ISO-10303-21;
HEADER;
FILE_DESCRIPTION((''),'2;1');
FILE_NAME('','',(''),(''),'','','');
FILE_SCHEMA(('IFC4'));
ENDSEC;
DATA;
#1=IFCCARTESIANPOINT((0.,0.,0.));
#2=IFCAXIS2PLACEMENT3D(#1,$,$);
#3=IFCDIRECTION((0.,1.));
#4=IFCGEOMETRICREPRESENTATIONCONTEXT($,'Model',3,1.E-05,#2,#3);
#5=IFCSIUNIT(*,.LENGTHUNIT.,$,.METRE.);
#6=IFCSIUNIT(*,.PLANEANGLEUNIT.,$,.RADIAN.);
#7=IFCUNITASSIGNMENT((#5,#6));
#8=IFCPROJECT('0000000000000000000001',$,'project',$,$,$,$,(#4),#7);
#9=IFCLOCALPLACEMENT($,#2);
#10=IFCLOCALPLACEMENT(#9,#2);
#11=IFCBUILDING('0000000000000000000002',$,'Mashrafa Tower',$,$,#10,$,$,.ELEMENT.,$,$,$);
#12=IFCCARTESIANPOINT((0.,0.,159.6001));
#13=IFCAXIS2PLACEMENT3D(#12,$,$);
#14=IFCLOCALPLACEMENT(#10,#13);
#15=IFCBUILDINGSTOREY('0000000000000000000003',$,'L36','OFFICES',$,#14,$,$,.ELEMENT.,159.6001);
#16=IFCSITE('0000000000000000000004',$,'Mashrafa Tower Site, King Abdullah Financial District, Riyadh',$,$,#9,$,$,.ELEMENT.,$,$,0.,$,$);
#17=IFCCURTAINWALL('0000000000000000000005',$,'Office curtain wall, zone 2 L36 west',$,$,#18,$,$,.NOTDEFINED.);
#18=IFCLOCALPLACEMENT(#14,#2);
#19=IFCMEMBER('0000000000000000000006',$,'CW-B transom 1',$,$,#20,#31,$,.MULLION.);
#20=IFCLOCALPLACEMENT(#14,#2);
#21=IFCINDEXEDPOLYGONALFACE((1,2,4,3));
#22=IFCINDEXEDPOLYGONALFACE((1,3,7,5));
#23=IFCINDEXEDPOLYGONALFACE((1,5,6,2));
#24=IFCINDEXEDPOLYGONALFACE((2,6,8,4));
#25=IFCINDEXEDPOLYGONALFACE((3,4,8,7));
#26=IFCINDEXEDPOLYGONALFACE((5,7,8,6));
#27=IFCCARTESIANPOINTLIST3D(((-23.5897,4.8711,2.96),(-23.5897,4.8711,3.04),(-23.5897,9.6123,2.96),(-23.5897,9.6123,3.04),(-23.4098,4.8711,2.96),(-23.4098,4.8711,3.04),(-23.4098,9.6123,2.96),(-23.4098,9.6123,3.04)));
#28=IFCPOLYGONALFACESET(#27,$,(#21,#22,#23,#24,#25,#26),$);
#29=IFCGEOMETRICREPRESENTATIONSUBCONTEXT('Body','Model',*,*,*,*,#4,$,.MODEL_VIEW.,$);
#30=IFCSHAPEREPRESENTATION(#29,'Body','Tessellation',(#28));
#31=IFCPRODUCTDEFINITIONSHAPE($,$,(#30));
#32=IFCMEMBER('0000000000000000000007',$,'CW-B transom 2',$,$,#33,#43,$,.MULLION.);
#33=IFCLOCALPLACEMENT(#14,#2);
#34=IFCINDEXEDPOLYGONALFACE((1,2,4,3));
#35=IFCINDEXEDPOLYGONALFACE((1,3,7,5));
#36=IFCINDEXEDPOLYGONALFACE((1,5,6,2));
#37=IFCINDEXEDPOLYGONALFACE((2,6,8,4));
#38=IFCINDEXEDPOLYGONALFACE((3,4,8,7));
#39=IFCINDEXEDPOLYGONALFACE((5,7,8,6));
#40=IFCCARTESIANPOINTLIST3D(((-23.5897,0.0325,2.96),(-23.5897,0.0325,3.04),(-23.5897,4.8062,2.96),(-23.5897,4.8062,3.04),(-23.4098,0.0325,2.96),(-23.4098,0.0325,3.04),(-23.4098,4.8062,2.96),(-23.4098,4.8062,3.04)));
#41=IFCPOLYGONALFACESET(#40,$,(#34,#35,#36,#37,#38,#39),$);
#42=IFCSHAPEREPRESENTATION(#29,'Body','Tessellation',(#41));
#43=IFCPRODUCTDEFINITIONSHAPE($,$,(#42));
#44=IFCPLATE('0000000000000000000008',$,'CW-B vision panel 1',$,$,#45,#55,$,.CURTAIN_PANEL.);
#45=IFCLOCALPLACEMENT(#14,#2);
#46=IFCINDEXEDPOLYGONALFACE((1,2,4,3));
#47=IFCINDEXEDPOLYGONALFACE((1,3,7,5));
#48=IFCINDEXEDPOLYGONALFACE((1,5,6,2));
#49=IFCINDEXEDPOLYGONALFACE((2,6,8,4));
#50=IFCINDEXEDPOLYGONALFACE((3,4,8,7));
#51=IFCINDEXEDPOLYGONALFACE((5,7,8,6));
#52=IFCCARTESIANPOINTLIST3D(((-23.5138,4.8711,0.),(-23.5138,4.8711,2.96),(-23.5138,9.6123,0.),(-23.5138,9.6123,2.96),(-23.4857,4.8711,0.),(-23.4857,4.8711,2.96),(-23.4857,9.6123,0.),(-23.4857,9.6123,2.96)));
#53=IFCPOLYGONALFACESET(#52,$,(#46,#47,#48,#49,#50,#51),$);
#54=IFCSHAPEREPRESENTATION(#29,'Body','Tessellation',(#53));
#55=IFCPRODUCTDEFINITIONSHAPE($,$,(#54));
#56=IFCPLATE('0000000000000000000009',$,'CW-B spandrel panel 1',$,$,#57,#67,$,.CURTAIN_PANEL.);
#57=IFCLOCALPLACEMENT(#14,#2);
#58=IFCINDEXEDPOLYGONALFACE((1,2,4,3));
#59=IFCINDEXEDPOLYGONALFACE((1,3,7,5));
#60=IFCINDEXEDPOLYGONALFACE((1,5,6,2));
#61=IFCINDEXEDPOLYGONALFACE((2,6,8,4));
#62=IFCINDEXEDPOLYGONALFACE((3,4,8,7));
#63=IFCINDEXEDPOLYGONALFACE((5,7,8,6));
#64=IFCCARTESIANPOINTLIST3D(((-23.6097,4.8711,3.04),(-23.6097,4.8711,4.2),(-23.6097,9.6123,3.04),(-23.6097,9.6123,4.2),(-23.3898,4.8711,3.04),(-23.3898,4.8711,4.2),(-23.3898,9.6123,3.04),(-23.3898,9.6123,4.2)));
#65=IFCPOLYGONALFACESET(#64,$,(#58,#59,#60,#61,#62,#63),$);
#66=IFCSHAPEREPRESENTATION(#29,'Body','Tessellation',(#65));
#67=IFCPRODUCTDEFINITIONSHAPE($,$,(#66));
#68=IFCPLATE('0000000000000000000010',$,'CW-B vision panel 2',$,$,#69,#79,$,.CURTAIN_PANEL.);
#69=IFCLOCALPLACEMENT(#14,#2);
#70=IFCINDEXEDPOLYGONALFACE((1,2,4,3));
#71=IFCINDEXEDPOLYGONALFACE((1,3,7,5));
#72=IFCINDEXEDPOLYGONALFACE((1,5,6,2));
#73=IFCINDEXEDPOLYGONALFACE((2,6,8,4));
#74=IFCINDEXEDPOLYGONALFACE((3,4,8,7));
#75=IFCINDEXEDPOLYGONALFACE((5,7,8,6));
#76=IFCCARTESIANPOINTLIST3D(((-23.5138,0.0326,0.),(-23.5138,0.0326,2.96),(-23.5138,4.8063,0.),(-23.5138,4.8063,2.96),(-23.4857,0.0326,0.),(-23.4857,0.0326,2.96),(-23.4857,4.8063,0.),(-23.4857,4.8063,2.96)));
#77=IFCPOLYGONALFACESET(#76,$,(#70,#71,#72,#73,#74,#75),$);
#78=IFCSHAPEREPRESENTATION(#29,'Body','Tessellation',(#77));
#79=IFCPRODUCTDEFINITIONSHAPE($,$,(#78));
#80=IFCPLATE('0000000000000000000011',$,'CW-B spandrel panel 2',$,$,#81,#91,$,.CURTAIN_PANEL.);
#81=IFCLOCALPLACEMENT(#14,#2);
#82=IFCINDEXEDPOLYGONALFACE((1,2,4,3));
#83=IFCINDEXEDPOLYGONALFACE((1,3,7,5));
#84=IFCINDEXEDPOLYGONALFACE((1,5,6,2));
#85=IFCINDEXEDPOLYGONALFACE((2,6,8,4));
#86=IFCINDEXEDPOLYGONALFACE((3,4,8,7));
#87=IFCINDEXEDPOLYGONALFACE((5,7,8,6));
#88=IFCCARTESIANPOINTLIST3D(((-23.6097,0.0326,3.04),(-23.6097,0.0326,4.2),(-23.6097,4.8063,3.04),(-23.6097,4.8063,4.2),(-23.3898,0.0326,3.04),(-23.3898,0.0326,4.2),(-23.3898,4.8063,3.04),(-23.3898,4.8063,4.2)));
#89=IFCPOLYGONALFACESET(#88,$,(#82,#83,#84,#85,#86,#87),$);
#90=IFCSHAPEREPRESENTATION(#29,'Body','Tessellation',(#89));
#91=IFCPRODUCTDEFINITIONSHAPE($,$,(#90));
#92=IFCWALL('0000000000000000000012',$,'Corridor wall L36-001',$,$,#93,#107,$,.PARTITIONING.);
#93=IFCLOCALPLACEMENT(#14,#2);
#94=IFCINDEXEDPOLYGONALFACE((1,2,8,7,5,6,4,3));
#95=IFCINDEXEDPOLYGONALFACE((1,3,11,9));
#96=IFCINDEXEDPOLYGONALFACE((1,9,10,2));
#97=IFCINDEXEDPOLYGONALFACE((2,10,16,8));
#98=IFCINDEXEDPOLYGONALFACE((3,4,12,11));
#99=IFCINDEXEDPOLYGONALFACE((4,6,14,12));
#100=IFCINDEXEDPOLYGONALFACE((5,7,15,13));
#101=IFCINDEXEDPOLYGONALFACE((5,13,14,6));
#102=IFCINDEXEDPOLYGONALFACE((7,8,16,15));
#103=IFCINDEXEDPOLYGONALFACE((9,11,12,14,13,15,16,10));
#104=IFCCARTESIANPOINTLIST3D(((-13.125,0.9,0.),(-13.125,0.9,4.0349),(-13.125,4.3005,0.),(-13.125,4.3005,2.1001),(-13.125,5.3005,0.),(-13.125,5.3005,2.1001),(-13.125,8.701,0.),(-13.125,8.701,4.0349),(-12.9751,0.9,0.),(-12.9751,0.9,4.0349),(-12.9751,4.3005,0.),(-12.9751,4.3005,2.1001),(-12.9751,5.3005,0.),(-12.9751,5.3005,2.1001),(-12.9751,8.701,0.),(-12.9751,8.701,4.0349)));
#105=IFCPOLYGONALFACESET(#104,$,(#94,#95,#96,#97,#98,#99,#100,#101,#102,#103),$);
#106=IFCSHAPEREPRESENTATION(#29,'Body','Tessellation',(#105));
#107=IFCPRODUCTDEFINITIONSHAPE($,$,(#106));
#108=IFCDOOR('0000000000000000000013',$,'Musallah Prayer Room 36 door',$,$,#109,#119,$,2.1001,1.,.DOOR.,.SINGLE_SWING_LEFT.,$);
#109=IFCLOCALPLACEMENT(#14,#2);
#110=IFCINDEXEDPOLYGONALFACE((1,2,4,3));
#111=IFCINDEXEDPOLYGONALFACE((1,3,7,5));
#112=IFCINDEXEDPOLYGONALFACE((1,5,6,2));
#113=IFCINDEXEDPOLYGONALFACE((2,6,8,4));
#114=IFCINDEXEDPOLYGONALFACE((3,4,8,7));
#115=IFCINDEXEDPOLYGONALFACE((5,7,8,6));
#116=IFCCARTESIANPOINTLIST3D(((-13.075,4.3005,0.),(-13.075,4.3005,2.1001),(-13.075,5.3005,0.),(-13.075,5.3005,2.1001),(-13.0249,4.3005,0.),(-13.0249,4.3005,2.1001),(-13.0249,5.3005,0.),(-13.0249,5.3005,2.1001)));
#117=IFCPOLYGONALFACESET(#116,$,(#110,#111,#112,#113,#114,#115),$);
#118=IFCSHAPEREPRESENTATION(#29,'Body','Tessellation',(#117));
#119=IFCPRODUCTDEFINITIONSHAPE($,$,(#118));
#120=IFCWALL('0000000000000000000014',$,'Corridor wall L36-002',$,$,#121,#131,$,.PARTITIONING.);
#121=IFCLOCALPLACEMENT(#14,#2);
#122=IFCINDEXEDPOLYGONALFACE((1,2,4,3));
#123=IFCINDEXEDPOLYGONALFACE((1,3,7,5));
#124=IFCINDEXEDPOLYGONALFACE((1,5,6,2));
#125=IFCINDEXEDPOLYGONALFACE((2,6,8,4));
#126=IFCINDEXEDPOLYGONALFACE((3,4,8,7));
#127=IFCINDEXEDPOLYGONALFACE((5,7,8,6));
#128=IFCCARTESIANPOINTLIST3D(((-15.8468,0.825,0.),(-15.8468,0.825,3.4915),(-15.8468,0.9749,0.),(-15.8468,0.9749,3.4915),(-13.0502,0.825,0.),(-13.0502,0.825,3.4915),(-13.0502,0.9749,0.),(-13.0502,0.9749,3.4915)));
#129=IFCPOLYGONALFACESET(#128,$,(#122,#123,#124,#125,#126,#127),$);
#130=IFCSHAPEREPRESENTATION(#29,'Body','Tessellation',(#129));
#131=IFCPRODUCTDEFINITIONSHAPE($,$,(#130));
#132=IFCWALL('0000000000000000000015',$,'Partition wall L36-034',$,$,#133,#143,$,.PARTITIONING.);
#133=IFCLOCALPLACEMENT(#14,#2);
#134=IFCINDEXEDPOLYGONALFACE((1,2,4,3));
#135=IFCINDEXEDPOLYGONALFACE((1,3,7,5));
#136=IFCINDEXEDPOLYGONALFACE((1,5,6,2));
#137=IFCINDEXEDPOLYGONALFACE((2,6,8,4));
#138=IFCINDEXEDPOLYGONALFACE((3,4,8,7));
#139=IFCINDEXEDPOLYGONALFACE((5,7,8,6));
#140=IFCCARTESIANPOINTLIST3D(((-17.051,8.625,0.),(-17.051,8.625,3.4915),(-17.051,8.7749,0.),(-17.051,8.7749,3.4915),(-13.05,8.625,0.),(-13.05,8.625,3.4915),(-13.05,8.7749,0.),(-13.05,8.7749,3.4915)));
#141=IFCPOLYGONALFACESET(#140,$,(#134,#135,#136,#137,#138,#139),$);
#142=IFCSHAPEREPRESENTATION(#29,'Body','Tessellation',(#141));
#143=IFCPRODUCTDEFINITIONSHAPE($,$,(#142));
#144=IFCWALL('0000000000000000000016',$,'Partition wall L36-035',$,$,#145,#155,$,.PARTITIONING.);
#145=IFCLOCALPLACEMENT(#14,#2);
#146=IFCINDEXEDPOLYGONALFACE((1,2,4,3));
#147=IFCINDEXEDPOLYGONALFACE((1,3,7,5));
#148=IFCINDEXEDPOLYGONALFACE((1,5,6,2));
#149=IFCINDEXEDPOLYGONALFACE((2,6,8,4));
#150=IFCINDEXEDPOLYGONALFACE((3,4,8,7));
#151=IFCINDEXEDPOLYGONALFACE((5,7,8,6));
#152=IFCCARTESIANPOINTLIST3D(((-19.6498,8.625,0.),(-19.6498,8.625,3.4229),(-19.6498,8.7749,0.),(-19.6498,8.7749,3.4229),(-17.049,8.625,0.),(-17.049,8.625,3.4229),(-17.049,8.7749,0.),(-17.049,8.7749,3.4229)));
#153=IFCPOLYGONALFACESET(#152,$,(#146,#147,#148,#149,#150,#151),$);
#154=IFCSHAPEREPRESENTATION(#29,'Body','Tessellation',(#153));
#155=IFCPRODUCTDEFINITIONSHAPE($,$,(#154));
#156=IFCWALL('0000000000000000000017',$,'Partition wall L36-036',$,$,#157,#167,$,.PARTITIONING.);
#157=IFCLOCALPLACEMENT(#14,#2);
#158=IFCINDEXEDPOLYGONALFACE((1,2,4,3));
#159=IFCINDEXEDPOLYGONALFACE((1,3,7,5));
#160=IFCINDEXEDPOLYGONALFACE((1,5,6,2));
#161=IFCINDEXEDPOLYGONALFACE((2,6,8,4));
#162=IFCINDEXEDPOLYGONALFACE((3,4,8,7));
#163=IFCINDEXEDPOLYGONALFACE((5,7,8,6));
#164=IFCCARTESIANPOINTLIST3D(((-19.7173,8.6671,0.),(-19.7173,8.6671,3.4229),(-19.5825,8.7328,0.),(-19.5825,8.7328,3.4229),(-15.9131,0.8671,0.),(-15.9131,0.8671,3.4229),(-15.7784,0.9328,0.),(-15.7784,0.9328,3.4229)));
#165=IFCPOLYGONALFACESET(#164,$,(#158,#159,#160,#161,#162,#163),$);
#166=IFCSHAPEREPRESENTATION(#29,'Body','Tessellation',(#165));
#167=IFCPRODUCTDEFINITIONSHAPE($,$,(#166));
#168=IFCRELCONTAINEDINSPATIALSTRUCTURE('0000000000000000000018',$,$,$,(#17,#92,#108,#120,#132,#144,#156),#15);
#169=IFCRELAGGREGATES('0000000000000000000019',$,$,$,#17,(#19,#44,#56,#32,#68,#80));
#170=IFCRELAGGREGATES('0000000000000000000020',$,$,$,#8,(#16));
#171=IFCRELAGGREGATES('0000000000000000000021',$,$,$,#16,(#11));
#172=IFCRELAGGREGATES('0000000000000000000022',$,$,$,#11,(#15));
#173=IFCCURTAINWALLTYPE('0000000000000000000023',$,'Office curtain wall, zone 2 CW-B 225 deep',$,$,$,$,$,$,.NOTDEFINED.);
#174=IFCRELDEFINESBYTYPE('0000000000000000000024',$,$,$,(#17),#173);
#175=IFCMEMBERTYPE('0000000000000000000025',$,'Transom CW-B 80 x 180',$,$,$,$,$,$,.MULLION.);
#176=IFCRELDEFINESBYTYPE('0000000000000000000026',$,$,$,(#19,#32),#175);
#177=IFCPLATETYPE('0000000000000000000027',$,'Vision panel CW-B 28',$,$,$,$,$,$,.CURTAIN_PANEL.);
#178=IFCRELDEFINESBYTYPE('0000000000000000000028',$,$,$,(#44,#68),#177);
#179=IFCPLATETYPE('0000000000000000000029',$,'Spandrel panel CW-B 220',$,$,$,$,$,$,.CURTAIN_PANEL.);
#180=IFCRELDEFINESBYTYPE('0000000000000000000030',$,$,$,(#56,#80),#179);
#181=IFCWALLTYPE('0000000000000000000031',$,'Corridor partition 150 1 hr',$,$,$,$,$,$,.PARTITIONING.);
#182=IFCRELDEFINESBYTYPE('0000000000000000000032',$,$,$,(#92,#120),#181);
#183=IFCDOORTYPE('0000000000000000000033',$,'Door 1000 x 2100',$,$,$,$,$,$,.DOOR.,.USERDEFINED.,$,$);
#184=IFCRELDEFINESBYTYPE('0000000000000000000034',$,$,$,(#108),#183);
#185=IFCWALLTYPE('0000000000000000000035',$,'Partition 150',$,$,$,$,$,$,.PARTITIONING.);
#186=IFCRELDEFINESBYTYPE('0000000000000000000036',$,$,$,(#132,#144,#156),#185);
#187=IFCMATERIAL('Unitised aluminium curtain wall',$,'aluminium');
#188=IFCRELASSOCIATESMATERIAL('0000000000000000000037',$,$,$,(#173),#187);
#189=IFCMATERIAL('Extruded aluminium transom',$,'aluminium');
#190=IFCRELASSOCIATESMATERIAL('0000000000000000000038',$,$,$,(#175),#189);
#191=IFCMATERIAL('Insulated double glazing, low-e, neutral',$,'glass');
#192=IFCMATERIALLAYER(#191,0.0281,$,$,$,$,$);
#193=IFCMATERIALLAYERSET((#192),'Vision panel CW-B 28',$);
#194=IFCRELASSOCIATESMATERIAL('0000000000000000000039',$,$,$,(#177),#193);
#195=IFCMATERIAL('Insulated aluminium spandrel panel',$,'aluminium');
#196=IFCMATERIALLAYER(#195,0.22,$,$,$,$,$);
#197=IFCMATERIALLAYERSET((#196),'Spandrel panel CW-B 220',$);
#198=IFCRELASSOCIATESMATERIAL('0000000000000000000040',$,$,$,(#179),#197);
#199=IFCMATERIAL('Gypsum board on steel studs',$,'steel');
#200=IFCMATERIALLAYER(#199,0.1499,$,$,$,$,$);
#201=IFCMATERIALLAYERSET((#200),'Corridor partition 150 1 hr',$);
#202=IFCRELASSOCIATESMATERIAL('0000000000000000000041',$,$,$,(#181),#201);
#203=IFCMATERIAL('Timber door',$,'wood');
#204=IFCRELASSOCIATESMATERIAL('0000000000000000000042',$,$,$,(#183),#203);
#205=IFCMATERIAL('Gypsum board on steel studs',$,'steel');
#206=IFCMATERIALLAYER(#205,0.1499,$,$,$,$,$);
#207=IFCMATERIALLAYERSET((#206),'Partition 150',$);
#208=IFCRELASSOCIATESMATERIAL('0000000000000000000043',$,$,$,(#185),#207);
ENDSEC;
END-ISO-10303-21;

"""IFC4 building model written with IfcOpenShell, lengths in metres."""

from ifc_helpers import new_model, si_unit, direction, frame, frame_2d, origin, origin_2d, place, context, subcontext, project, spatial, rectangle, extrude, source, transform, mapped, material, layer, layer_set, material_profile, profile_set, type_object, type_shapes, element, fill, aggregate, save


model = new_model("IFC4")

# Units and contexts
model_context = context("Model", 3, precision=1e-05, world=origin(), true_north=direction((0.0, 1.0)))
body_context = subcontext(model_context, "Body", "Model", "MODEL_VIEW")
ifc_project = project(units=[si_unit("LENGTHUNIT", "METRE"), si_unit("PLANEANGLEUNIT", "RADIAN")], contexts=[model_context])

# Site, building, storey
site_placement = place(None, origin())
site = spatial("IfcSite", under=ifc_project, at=site_placement, Name="Mashrafa Tower Site, King Abdullah Financial District, Riyadh", CompositionType="ELEMENT", RefElevation=0.0)
building_placement = place(site_placement, origin())
building = spatial("IfcBuilding", under=site, at=building_placement, Name="Mashrafa Tower", CompositionType="ELEMENT")
storey_placement = place(building_placement, frame((0.0, 0.0, 159.6001)))
storey = spatial("IfcBuildingStorey", under=building, at=storey_placement, Name="L36", Description="OFFICES", CompositionType="ELEMENT", Elevation=159.6001)

# Shared definitions
ifc_material_1 = material(Name="Unitised aluminium curtain wall", Category="aluminium")
curtain_wall_type = type_object("IfcCurtainWallType", Name="Office curtain wall, zone 2 CW-B 225 deep", PredefinedType="NOTDEFINED", material=ifc_material_1)

# Curtain wall, members, plates
curtain_wall_1_placement = place(storey_placement, origin())
curtain_wall_1 = element("IfcCurtainWall", 1, at=curtain_wall_1_placement, inside=storey, type_object=curtain_wall_type, Name="Office curtain wall, zone 2 L36 west", PredefinedType="NOTDEFINED")
ifc_material_2 = material(Name="Extruded aluminium transom", Category="aluminium")
ifc_material_profile_1 = material_profile(ifc_material_2, rectangle(XDim=0.1799, YDim=0.0801, at=origin_2d()), Name="Transom 80x180")
ifc_profile_set_1 = profile_set([ifc_material_profile_1], Name="Extruded aluminium transom")
member_type_1 = type_object("IfcMemberType", Name="Transom CW-B 80 x 180", PredefinedType="MULLION", material=ifc_profile_set_1)
shared_shape_1 = source(origin(), body_context, "Body", "SweptSolid", [
    extrude(rectangle(XDim=0.1799, YDim=0.0801, at=origin_2d()), origin(), (0.0, 0.0, 1.0), 4.7412),
])
member_1_placement = place(storey_placement, frame((-23.4998, 9.6123, 3.0), z_axis=(0.0, -1.0, 0.0), x_axis=(1.0, 0.0, 0.0)))
member_1 = element("IfcMember", 2, at=member_1_placement, type_object=member_type_1, Name="CW-B transom 1", PredefinedType="MULLION", context=body_context, shape_type="MappedRepresentation", body=[
    mapped(shared_shape_1, transform((0.0, 0.0, 0.0))),
])
shared_shape_2 = source(origin(), body_context, "Body", "SweptSolid", [
    extrude(rectangle(XDim=0.1799, YDim=0.0801, at=origin_2d()), origin(), (0.0, 0.0, 1.0), 4.7737),
])
type_shapes(member_type_1, [shared_shape_1, shared_shape_2])
member_2_placement = place(storey_placement, frame((-23.4998, 4.8062, 3.0), z_axis=(0.0, -1.0, 0.0), x_axis=(1.0, 0.0, 0.0)))
member_2 = element("IfcMember", 3, at=member_2_placement, type_object=member_type_1, Name="CW-B transom 2", PredefinedType="MULLION", context=body_context, shape_type="MappedRepresentation", body=[
    mapped(shared_shape_2, transform((0.0, 0.0, 0.0))),
])
ifc_material_3 = material(Name="Insulated double glazing, low-e, neutral", Category="glass")
ifc_layer_1 = layer(ifc_material_3, 0.0281)
ifc_layer_set_1 = layer_set([ifc_layer_1], Name="Vision panel CW-B 28")
plate_type_1 = type_object("IfcPlateType", Name="Vision panel CW-B 28", PredefinedType="CURTAIN_PANEL", material=ifc_layer_set_1)
shared_shape_3 = source(origin(), body_context, "Body", "SweptSolid", [
    extrude(rectangle(XDim=4.7412, YDim=0.0281, at=origin_2d()), origin(), (0.0, 0.0, 1.0), 2.96),
])
plate_1_placement = place(storey_placement, frame((-23.4998, 7.2417, 0.0), z_axis=(0.0, 0.0, 1.0), x_axis=(0.0, -1.0, 0.0)))
plate_1 = element("IfcPlate", 4, at=plate_1_placement, type_object=plate_type_1, Name="CW-B vision panel 1", PredefinedType="CURTAIN_PANEL", context=body_context, shape_type="MappedRepresentation", body=[
    mapped(shared_shape_3, transform((0.0, 0.0, 0.0))),
])
ifc_material_4 = material(Name="Insulated aluminium spandrel panel", Category="aluminium")
ifc_layer_2 = layer(ifc_material_4, 0.22)
ifc_layer_set_2 = layer_set([ifc_layer_2], Name="Spandrel panel CW-B 220")
plate_type_2 = type_object("IfcPlateType", Name="Spandrel panel CW-B 220", PredefinedType="CURTAIN_PANEL", material=ifc_layer_set_2)
shared_shape_4 = source(origin(), body_context, "Body", "SweptSolid", [
    extrude(rectangle(XDim=4.7412, YDim=0.22, at=origin_2d()), origin(), (0.0, 0.0, 1.0), 1.1599),
])
plate_2_placement = place(storey_placement, frame((-23.4998, 7.2417, 3.04), z_axis=(0.0, 0.0, 1.0), x_axis=(0.0, -1.0, 0.0)))
plate_2 = element("IfcPlate", 5, at=plate_2_placement, type_object=plate_type_2, Name="CW-B spandrel panel 1", PredefinedType="CURTAIN_PANEL", context=body_context, shape_type="MappedRepresentation", body=[
    mapped(shared_shape_4, transform((0.0, 0.0, 0.0))),
])
shared_shape_5 = source(origin(), body_context, "Body", "SweptSolid", [
    extrude(rectangle(XDim=4.7737, YDim=0.0281, at=origin_2d()), origin(), (0.0, 0.0, 1.0), 2.96),
])
type_shapes(plate_type_1, [shared_shape_3, shared_shape_5])
plate_3_placement = place(storey_placement, frame((-23.4998, 2.4194, 0.0), z_axis=(0.0, 0.0, 1.0), x_axis=(0.0, -1.0, 0.0)))
plate_3 = element("IfcPlate", 6, at=plate_3_placement, type_object=plate_type_1, Name="CW-B vision panel 2", PredefinedType="CURTAIN_PANEL", context=body_context, shape_type="MappedRepresentation", body=[
    mapped(shared_shape_5, transform((0.0, 0.0, 0.0))),
])
shared_shape_6 = source(origin(), body_context, "Body", "SweptSolid", [
    extrude(rectangle(XDim=4.7737, YDim=0.22, at=origin_2d()), origin(), (0.0, 0.0, 1.0), 1.1599),
])
type_shapes(plate_type_2, [shared_shape_4, shared_shape_6])
plate_4_placement = place(storey_placement, frame((-23.4998, 2.4194, 3.04), z_axis=(0.0, 0.0, 1.0), x_axis=(0.0, -1.0, 0.0)))
plate_4 = element("IfcPlate", 7, at=plate_4_placement, type_object=plate_type_2, Name="CW-B spandrel panel 2", PredefinedType="CURTAIN_PANEL", context=body_context, shape_type="MappedRepresentation", body=[
    mapped(shared_shape_6, transform((0.0, 0.0, 0.0))),
])
aggregate(curtain_wall_1, [member_1, plate_1, plate_2, member_2, plate_3, plate_4])

# Wall, opening, door
ifc_material_5 = material(Name="Gypsum board on steel studs", Category="steel")
ifc_layer_3 = layer(ifc_material_5, 0.1499)
ifc_layer_set_3 = layer_set([ifc_layer_3], Name="Corridor partition 150 1 hr")
wall_type_1 = type_object("IfcWallType", Name="Corridor partition 150 1 hr", PredefinedType="PARTITIONING", material=ifc_layer_set_3)
wall_1_placement = place(storey_placement, frame((-13.05, 8.7009, 0.0), z_axis=(0.0, 0.0, 1.0), x_axis=(0.0, -1.0, 0.0)))
wall_1 = element("IfcWall", 8, at=wall_1_placement, inside=storey, type_object=wall_type_1, Name="Corridor wall L36-001", PredefinedType="PARTITIONING", context=body_context, shape_type="SweptSolid", body=[
    extrude(rectangle(XDim=7.801, YDim=0.1499, at=frame_2d((3.9004, 0.0))), origin(), (0.0, 0.0, 1.0), 4.0349),
])
opening_1_placement = place(wall_1_placement, frame((3.4004, 0.0, 0.0)))
opening_1 = element("IfcOpeningElement", 9, at=opening_1_placement, cuts=wall_1, PredefinedType="OPENING", context=body_context, shape_type="SweptSolid", body=[
    extrude(rectangle(XDim=1.0, YDim=2.1001, at=frame_2d((0.5, 1.05))), frame((0.0, 0.085, 0.0), z_axis=(0.0, -1.0, 0.0), x_axis=(1.0, 0.0, 0.0)), (0.0, 0.0, 1.0), 0.1699),
])
ifc_material_6 = material(Name="Timber door", Category="wood")
door_type_1 = type_object("IfcDoorType", Name="Door 1000 x 2100", OperationType="USERDEFINED", PredefinedType="DOOR", material=ifc_material_6)
door_1_placement = place(opening_1_placement, frame((1.0, 0.0, 0.0), z_axis=(0.0, 0.0, 1.0), x_axis=(-1.0, 0.0, 0.0)))
door_1 = element("IfcDoor", 10, at=door_1_placement, inside=storey, type_object=door_type_1, Name="Musallah Prayer Room 36 door", OperationType="SINGLE_SWING_LEFT", OverallHeight=2.1001, OverallWidth=1.0, PredefinedType="DOOR", context=body_context, shape_type="SweptSolid", body=[
    extrude(rectangle(XDim=1.0, YDim=2.1001, at=frame_2d((0.5, 1.05))), frame((0.0, 0.0249, 0.0), z_axis=(0.0, -1.0, 0.0), x_axis=(1.0, 0.0, 0.0)), (0.0, 0.0, 1.0), 0.05),
])
fill(opening_1, door_1)

# Wall
wall_2_placement = place(storey_placement, frame((-13.05, 0.8999, 0.0), z_axis=(0.0, 0.0, 1.0), x_axis=(-1.0, 0.0, 0.0)))
element("IfcWall", 11, at=wall_2_placement, inside=storey, type_object=wall_type_1, Name="Corridor wall L36-002", PredefinedType="PARTITIONING", context=body_context, shape_type="SweptSolid", body=[
    extrude(rectangle(XDim=2.7966, YDim=0.1499, at=frame_2d((1.3984, 0.0))), origin(), (0.0, 0.0, 1.0), 3.4915),
])

# Walls
ifc_material_7 = material(Name="Gypsum board on steel studs", Category="steel")
ifc_layer_4 = layer(ifc_material_7, 0.1499)
ifc_layer_set_4 = layer_set([ifc_layer_4], Name="Partition 150")
wall_type_2 = type_object("IfcWallType", Name="Partition 150", PredefinedType="PARTITIONING", material=ifc_layer_set_4)
wall_3_placement = place(storey_placement, frame((-13.05, 8.7, 0.0), z_axis=(0.0, 0.0, 1.0), x_axis=(-1.0, 0.0, 0.0)))
element("IfcWall", 12, at=wall_3_placement, inside=storey, type_object=wall_type_2, Name="Partition wall L36-034", PredefinedType="PARTITIONING", context=body_context, shape_type="SweptSolid", body=[
    extrude(rectangle(XDim=4.001, YDim=0.1499, at=frame_2d((2.0005, 0.0))), origin(), (0.0, 0.0, 1.0), 3.4915),
])
wall_4_placement = place(storey_placement, frame((-17.0491, 8.7, 0.0), z_axis=(0.0, 0.0, 1.0), x_axis=(-1.0, 0.0, 0.0)))
element("IfcWall", 13, at=wall_4_placement, inside=storey, type_object=wall_type_2, Name="Partition wall L36-035", PredefinedType="PARTITIONING", context=body_context, shape_type="SweptSolid", body=[
    extrude(rectangle(XDim=2.6008, YDim=0.1499, at=frame_2d((1.3003, 0.0))), origin(), (0.0, 0.0, 1.0), 3.4229),
])
wall_5_placement = place(storey_placement, frame((-19.6499, 8.7, 0.0), z_axis=(0.0, 0.0, 1.0), x_axis=(0.438358, -0.8988, 0.0)))
element("IfcWall", 14, at=wall_5_placement, inside=storey, type_object=wall_type_2, Name="Partition wall L36-036", PredefinedType="PARTITIONING", context=body_context, shape_type="SweptSolid", body=[
    extrude(rectangle(XDim=8.6782, YDim=0.1499, at=frame_2d((4.3391, 0.0))), origin(), (0.0, 0.0, 1.0), 3.4229),
])

save(model, "model.ifc")
